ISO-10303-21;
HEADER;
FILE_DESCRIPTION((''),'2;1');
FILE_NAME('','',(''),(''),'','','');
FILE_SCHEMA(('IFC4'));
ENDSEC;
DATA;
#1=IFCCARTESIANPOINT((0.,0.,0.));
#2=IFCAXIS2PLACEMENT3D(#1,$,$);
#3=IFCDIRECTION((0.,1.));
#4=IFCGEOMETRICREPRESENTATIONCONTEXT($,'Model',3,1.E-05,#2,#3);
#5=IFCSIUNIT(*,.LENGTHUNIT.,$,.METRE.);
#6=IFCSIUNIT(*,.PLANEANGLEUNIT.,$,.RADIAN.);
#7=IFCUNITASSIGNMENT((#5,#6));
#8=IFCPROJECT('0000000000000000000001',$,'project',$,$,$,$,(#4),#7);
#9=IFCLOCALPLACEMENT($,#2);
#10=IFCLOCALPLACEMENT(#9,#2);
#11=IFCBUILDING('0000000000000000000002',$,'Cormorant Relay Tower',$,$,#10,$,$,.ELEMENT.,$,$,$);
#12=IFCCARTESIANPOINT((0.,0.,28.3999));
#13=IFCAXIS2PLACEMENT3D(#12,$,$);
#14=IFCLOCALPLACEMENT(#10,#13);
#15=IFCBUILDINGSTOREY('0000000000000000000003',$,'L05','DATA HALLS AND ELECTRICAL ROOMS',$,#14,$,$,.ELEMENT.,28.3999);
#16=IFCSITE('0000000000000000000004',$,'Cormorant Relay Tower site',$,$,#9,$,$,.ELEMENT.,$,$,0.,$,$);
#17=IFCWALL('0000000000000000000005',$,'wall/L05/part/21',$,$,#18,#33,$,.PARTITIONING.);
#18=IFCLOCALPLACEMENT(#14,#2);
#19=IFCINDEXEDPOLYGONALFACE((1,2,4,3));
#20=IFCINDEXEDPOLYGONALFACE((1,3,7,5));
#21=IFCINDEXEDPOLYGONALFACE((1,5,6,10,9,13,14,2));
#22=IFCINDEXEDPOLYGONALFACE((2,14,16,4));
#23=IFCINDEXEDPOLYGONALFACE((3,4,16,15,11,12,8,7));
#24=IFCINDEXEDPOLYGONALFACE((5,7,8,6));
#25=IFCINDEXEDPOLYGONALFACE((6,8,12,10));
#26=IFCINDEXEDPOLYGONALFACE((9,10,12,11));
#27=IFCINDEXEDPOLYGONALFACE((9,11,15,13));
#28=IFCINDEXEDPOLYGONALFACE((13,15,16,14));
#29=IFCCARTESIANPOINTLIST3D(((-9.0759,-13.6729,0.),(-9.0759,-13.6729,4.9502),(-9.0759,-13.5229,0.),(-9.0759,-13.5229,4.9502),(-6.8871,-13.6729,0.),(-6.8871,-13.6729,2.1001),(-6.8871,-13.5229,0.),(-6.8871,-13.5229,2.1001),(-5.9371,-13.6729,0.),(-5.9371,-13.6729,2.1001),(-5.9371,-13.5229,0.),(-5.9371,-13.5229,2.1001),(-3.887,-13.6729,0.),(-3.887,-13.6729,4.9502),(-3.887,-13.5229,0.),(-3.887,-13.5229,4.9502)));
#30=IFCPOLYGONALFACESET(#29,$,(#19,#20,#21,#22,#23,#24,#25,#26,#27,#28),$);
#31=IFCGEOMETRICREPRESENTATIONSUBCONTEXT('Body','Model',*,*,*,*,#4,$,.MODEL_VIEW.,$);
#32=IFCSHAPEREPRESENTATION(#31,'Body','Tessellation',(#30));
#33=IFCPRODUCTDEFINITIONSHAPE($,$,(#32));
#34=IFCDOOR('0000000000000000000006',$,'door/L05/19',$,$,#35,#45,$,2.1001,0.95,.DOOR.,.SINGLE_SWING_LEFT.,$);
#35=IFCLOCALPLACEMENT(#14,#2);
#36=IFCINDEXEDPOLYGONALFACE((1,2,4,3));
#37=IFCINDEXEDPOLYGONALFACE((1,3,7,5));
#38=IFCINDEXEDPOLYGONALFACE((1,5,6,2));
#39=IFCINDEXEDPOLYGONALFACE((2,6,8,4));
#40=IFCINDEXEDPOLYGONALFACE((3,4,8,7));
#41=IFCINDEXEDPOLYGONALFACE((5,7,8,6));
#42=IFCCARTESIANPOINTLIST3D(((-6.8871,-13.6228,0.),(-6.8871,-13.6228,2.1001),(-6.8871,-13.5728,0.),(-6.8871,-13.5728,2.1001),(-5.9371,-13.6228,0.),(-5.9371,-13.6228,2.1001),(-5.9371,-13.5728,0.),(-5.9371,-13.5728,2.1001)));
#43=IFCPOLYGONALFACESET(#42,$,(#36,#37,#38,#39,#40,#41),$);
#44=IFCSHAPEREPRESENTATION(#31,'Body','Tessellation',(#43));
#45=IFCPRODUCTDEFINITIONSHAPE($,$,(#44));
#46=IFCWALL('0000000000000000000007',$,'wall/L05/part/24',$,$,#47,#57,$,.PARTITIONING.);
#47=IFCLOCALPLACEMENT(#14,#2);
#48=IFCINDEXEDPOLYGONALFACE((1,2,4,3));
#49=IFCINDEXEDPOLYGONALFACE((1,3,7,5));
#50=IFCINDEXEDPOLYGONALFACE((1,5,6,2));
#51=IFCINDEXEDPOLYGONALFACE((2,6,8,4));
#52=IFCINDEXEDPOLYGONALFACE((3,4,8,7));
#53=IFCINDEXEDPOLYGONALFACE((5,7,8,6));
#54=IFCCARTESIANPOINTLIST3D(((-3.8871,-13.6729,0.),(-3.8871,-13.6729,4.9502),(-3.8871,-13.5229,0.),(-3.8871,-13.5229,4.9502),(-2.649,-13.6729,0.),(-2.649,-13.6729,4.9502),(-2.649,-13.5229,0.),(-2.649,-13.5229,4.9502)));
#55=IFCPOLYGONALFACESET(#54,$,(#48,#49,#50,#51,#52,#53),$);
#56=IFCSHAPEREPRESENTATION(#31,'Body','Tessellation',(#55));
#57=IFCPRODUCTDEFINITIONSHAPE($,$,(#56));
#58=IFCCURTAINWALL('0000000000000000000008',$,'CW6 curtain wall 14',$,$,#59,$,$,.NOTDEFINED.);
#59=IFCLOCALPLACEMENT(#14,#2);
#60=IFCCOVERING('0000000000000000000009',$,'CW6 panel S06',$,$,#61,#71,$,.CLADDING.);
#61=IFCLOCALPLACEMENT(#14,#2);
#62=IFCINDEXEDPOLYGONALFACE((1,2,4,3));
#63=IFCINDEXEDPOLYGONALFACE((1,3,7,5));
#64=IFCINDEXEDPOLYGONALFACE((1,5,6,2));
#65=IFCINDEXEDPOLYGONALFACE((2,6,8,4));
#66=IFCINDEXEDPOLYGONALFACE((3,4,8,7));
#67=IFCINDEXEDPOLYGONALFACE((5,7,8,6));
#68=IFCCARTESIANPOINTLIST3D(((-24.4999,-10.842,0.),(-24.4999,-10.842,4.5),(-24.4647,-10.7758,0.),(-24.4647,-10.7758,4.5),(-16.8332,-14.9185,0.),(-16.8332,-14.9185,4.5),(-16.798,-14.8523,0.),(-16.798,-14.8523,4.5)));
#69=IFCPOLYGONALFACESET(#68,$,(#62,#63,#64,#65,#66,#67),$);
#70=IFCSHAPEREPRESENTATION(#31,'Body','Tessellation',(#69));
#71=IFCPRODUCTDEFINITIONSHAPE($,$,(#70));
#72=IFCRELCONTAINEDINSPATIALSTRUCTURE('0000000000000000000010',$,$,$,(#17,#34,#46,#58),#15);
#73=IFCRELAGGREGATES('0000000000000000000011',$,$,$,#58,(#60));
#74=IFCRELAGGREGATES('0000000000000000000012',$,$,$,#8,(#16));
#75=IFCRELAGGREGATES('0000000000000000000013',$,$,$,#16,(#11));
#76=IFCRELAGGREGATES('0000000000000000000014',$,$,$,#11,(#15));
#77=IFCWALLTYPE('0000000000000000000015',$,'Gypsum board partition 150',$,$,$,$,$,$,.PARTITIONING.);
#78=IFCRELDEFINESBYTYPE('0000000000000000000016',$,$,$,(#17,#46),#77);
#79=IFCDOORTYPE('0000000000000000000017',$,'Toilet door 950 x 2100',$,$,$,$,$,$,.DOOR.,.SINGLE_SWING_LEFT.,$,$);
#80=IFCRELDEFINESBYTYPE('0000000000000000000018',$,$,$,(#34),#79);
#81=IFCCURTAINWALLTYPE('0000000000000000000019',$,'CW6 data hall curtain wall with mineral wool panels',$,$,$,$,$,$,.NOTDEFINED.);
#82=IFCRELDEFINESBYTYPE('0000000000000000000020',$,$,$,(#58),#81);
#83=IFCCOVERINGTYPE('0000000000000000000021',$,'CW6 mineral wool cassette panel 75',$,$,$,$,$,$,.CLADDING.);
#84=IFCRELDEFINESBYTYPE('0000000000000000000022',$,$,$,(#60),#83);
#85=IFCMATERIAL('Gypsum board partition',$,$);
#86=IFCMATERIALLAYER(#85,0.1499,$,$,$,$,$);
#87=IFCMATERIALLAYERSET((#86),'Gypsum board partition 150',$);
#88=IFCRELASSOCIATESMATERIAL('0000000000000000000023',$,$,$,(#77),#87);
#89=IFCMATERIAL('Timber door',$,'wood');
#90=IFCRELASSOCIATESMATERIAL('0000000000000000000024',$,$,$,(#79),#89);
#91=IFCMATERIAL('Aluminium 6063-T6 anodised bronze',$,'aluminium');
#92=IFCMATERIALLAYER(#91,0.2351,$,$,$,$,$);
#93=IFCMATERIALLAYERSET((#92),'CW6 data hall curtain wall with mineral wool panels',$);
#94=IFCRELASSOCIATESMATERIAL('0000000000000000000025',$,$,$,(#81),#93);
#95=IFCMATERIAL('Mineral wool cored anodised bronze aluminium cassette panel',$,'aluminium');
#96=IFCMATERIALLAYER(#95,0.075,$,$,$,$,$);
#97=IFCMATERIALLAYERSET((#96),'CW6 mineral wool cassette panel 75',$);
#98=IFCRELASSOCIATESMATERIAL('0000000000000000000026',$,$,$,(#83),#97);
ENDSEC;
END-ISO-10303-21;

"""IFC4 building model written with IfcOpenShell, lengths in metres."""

from ifc_helpers import new_model, si_unit, direction, frame, frame_2d, origin, origin_2d, place, context, subcontext, project, spatial, rectangle, extrude, material, layer, layer_set, type_object, element, fill, aggregate, save


model = new_model("IFC4")

# Units and contexts
model_context = context("Model", 3, precision=1e-05, world=origin(), true_north=direction((0.0, 1.0)))
body_context = subcontext(model_context, "Body", "Model", "MODEL_VIEW")
ifc_project = project(units=[si_unit("LENGTHUNIT", "METRE"), si_unit("PLANEANGLEUNIT", "RADIAN")], contexts=[model_context])

# Site, building, storey
site_placement = place(None, origin())
site = spatial("IfcSite", under=ifc_project, at=site_placement, Name="Cormorant Relay Tower site", CompositionType="ELEMENT", RefElevation=0.0)
building_placement = place(site_placement, origin())
building = spatial("IfcBuilding", under=site, at=building_placement, Name="Cormorant Relay Tower", CompositionType="ELEMENT")
storey_placement = place(building_placement, frame((0.0, 0.0, 28.3999)))
storey = spatial("IfcBuildingStorey", under=building, at=storey_placement, Name="L05", Description="DATA HALLS AND ELECTRICAL ROOMS", CompositionType="ELEMENT", Elevation=28.3999)

# Wall, opening, door
ifc_material_1 = material(Name="Gypsum board partition")
ifc_layer_1 = layer(ifc_material_1, 0.1499)
ifc_layer_set_1 = layer_set([ifc_layer_1], Name="Gypsum board partition 150")
wall_type_1 = type_object("IfcWallType", Name="Gypsum board partition 150", PredefinedType="PARTITIONING", material=ifc_layer_set_1)
wall_1_placement = place(storey_placement, frame((-3.887, -13.5979, 0.0), z_axis=(0.0, 0.0, 1.0), x_axis=(-1.0, 0.0, 0.0)))
wall_1 = element("IfcWall", 1, at=wall_1_placement, inside=storey, type_object=wall_type_1, Name="wall/L05/part/21", PredefinedType="PARTITIONING", context=body_context, shape_type="SweptSolid", body=[
    extrude(rectangle(XDim=5.189, YDim=0.1499, at=frame_2d((2.5945, 0.0))), origin(), (0.0, 0.0, 1.0), 4.9502),
])
opening_1_placement = place(wall_1_placement, frame((2.05, 0.0, 0.0)))
opening_1 = element("IfcOpeningElement", 2, at=opening_1_placement, cuts=wall_1, PredefinedType="OPENING", context=body_context, shape_type="SweptSolid", body=[
    extrude(rectangle(XDim=0.95, YDim=2.1001, at=frame_2d((0.4751, 1.05))), frame((0.0, 0.085, 0.0), z_axis=(0.0, -1.0, 0.0), x_axis=(1.0, 0.0, 0.0)), (0.0, 0.0, 1.0), 0.1699),
])
ifc_material_2 = material(Name="Timber door", Category="wood")
door_type_1 = type_object("IfcDoorType", Name="Toilet door 950 x 2100", OperationType="SINGLE_SWING_LEFT", PredefinedType="DOOR", material=ifc_material_2)
door_1_placement = place(opening_1_placement, origin())
door_1 = element("IfcDoor", 3, at=door_1_placement, inside=storey, type_object=door_type_1, Name="door/L05/19", OperationType="SINGLE_SWING_LEFT", OverallHeight=2.1001, OverallWidth=0.95, PredefinedType="DOOR", context=body_context, shape_type="SweptSolid", body=[
    extrude(rectangle(XDim=0.95, YDim=2.1001, at=frame_2d((0.4751, 1.05))), frame((0.0, 0.0249, 0.0), z_axis=(0.0, -1.0, 0.0), x_axis=(1.0, 0.0, 0.0)), (0.0, 0.0, 1.0), 0.05),
])
fill(opening_1, door_1)

# Wall
wall_2_placement = place(storey_placement, frame((-2.6489, -13.5979, 0.0), z_axis=(0.0, 0.0, 1.0), x_axis=(-1.0, 0.0, 0.0)))
element("IfcWall", 4, at=wall_2_placement, inside=storey, type_object=wall_type_1, Name="wall/L05/part/24", PredefinedType="PARTITIONING", context=body_context, shape_type="SweptSolid", body=[
    extrude(rectangle(XDim=1.238, YDim=0.1499, at=frame_2d((0.6191, 0.0))), origin(), (0.0, 0.0, 1.0), 4.9502),
])

# Curtain wall, covering
ifc_material_3 = material(Name="Aluminium 6063-T6 anodised bronze", Category="aluminium")
ifc_layer_2 = layer(ifc_material_3, 0.2351)
ifc_layer_set_2 = layer_set([ifc_layer_2], Name="CW6 data hall curtain wall with mineral wool panels")
curtain_wall_type = type_object("IfcCurtainWallType", Name="CW6 data hall curtain wall with mineral wool panels", PredefinedType="NOTDEFINED", material=ifc_layer_set_2)
curtain_wall_placement = place(storey_placement, origin())
curtain_wall = element("IfcCurtainWall", 5, at=curtain_wall_placement, inside=storey, type_object=curtain_wall_type, Name="CW6 curtain wall 14", PredefinedType="NOTDEFINED")
ifc_material_4 = material(Name="Mineral wool cored anodised bronze aluminium cassette panel", Category="aluminium")
ifc_layer_3 = layer(ifc_material_4, 0.075)
ifc_layer_set_3 = layer_set([ifc_layer_3], Name="CW6 mineral wool cassette panel 75")
covering_type = type_object("IfcCoveringType", Name="CW6 mineral wool cassette panel 75", PredefinedType="CLADDING", material=ifc_layer_set_3)
covering_placement = place(storey_placement, frame((-20.6489, -12.8472, 0.0), z_axis=(0.0, 0.0, 1.0), x_axis=(0.882948, -0.469472, 0.0)))
covering = element("IfcCovering", 6, at=covering_placement, type_object=covering_type, Name="CW6 panel S06", PredefinedType="CLADDING", context=body_context, shape_type="SweptSolid", body=[
    extrude(rectangle(XDim=8.6831, YDim=0.075, at=origin_2d()), origin(), (0.0, 0.0, 1.0), 4.5),
])
aggregate(curtain_wall, [covering])

save(model, "model.ifc")
